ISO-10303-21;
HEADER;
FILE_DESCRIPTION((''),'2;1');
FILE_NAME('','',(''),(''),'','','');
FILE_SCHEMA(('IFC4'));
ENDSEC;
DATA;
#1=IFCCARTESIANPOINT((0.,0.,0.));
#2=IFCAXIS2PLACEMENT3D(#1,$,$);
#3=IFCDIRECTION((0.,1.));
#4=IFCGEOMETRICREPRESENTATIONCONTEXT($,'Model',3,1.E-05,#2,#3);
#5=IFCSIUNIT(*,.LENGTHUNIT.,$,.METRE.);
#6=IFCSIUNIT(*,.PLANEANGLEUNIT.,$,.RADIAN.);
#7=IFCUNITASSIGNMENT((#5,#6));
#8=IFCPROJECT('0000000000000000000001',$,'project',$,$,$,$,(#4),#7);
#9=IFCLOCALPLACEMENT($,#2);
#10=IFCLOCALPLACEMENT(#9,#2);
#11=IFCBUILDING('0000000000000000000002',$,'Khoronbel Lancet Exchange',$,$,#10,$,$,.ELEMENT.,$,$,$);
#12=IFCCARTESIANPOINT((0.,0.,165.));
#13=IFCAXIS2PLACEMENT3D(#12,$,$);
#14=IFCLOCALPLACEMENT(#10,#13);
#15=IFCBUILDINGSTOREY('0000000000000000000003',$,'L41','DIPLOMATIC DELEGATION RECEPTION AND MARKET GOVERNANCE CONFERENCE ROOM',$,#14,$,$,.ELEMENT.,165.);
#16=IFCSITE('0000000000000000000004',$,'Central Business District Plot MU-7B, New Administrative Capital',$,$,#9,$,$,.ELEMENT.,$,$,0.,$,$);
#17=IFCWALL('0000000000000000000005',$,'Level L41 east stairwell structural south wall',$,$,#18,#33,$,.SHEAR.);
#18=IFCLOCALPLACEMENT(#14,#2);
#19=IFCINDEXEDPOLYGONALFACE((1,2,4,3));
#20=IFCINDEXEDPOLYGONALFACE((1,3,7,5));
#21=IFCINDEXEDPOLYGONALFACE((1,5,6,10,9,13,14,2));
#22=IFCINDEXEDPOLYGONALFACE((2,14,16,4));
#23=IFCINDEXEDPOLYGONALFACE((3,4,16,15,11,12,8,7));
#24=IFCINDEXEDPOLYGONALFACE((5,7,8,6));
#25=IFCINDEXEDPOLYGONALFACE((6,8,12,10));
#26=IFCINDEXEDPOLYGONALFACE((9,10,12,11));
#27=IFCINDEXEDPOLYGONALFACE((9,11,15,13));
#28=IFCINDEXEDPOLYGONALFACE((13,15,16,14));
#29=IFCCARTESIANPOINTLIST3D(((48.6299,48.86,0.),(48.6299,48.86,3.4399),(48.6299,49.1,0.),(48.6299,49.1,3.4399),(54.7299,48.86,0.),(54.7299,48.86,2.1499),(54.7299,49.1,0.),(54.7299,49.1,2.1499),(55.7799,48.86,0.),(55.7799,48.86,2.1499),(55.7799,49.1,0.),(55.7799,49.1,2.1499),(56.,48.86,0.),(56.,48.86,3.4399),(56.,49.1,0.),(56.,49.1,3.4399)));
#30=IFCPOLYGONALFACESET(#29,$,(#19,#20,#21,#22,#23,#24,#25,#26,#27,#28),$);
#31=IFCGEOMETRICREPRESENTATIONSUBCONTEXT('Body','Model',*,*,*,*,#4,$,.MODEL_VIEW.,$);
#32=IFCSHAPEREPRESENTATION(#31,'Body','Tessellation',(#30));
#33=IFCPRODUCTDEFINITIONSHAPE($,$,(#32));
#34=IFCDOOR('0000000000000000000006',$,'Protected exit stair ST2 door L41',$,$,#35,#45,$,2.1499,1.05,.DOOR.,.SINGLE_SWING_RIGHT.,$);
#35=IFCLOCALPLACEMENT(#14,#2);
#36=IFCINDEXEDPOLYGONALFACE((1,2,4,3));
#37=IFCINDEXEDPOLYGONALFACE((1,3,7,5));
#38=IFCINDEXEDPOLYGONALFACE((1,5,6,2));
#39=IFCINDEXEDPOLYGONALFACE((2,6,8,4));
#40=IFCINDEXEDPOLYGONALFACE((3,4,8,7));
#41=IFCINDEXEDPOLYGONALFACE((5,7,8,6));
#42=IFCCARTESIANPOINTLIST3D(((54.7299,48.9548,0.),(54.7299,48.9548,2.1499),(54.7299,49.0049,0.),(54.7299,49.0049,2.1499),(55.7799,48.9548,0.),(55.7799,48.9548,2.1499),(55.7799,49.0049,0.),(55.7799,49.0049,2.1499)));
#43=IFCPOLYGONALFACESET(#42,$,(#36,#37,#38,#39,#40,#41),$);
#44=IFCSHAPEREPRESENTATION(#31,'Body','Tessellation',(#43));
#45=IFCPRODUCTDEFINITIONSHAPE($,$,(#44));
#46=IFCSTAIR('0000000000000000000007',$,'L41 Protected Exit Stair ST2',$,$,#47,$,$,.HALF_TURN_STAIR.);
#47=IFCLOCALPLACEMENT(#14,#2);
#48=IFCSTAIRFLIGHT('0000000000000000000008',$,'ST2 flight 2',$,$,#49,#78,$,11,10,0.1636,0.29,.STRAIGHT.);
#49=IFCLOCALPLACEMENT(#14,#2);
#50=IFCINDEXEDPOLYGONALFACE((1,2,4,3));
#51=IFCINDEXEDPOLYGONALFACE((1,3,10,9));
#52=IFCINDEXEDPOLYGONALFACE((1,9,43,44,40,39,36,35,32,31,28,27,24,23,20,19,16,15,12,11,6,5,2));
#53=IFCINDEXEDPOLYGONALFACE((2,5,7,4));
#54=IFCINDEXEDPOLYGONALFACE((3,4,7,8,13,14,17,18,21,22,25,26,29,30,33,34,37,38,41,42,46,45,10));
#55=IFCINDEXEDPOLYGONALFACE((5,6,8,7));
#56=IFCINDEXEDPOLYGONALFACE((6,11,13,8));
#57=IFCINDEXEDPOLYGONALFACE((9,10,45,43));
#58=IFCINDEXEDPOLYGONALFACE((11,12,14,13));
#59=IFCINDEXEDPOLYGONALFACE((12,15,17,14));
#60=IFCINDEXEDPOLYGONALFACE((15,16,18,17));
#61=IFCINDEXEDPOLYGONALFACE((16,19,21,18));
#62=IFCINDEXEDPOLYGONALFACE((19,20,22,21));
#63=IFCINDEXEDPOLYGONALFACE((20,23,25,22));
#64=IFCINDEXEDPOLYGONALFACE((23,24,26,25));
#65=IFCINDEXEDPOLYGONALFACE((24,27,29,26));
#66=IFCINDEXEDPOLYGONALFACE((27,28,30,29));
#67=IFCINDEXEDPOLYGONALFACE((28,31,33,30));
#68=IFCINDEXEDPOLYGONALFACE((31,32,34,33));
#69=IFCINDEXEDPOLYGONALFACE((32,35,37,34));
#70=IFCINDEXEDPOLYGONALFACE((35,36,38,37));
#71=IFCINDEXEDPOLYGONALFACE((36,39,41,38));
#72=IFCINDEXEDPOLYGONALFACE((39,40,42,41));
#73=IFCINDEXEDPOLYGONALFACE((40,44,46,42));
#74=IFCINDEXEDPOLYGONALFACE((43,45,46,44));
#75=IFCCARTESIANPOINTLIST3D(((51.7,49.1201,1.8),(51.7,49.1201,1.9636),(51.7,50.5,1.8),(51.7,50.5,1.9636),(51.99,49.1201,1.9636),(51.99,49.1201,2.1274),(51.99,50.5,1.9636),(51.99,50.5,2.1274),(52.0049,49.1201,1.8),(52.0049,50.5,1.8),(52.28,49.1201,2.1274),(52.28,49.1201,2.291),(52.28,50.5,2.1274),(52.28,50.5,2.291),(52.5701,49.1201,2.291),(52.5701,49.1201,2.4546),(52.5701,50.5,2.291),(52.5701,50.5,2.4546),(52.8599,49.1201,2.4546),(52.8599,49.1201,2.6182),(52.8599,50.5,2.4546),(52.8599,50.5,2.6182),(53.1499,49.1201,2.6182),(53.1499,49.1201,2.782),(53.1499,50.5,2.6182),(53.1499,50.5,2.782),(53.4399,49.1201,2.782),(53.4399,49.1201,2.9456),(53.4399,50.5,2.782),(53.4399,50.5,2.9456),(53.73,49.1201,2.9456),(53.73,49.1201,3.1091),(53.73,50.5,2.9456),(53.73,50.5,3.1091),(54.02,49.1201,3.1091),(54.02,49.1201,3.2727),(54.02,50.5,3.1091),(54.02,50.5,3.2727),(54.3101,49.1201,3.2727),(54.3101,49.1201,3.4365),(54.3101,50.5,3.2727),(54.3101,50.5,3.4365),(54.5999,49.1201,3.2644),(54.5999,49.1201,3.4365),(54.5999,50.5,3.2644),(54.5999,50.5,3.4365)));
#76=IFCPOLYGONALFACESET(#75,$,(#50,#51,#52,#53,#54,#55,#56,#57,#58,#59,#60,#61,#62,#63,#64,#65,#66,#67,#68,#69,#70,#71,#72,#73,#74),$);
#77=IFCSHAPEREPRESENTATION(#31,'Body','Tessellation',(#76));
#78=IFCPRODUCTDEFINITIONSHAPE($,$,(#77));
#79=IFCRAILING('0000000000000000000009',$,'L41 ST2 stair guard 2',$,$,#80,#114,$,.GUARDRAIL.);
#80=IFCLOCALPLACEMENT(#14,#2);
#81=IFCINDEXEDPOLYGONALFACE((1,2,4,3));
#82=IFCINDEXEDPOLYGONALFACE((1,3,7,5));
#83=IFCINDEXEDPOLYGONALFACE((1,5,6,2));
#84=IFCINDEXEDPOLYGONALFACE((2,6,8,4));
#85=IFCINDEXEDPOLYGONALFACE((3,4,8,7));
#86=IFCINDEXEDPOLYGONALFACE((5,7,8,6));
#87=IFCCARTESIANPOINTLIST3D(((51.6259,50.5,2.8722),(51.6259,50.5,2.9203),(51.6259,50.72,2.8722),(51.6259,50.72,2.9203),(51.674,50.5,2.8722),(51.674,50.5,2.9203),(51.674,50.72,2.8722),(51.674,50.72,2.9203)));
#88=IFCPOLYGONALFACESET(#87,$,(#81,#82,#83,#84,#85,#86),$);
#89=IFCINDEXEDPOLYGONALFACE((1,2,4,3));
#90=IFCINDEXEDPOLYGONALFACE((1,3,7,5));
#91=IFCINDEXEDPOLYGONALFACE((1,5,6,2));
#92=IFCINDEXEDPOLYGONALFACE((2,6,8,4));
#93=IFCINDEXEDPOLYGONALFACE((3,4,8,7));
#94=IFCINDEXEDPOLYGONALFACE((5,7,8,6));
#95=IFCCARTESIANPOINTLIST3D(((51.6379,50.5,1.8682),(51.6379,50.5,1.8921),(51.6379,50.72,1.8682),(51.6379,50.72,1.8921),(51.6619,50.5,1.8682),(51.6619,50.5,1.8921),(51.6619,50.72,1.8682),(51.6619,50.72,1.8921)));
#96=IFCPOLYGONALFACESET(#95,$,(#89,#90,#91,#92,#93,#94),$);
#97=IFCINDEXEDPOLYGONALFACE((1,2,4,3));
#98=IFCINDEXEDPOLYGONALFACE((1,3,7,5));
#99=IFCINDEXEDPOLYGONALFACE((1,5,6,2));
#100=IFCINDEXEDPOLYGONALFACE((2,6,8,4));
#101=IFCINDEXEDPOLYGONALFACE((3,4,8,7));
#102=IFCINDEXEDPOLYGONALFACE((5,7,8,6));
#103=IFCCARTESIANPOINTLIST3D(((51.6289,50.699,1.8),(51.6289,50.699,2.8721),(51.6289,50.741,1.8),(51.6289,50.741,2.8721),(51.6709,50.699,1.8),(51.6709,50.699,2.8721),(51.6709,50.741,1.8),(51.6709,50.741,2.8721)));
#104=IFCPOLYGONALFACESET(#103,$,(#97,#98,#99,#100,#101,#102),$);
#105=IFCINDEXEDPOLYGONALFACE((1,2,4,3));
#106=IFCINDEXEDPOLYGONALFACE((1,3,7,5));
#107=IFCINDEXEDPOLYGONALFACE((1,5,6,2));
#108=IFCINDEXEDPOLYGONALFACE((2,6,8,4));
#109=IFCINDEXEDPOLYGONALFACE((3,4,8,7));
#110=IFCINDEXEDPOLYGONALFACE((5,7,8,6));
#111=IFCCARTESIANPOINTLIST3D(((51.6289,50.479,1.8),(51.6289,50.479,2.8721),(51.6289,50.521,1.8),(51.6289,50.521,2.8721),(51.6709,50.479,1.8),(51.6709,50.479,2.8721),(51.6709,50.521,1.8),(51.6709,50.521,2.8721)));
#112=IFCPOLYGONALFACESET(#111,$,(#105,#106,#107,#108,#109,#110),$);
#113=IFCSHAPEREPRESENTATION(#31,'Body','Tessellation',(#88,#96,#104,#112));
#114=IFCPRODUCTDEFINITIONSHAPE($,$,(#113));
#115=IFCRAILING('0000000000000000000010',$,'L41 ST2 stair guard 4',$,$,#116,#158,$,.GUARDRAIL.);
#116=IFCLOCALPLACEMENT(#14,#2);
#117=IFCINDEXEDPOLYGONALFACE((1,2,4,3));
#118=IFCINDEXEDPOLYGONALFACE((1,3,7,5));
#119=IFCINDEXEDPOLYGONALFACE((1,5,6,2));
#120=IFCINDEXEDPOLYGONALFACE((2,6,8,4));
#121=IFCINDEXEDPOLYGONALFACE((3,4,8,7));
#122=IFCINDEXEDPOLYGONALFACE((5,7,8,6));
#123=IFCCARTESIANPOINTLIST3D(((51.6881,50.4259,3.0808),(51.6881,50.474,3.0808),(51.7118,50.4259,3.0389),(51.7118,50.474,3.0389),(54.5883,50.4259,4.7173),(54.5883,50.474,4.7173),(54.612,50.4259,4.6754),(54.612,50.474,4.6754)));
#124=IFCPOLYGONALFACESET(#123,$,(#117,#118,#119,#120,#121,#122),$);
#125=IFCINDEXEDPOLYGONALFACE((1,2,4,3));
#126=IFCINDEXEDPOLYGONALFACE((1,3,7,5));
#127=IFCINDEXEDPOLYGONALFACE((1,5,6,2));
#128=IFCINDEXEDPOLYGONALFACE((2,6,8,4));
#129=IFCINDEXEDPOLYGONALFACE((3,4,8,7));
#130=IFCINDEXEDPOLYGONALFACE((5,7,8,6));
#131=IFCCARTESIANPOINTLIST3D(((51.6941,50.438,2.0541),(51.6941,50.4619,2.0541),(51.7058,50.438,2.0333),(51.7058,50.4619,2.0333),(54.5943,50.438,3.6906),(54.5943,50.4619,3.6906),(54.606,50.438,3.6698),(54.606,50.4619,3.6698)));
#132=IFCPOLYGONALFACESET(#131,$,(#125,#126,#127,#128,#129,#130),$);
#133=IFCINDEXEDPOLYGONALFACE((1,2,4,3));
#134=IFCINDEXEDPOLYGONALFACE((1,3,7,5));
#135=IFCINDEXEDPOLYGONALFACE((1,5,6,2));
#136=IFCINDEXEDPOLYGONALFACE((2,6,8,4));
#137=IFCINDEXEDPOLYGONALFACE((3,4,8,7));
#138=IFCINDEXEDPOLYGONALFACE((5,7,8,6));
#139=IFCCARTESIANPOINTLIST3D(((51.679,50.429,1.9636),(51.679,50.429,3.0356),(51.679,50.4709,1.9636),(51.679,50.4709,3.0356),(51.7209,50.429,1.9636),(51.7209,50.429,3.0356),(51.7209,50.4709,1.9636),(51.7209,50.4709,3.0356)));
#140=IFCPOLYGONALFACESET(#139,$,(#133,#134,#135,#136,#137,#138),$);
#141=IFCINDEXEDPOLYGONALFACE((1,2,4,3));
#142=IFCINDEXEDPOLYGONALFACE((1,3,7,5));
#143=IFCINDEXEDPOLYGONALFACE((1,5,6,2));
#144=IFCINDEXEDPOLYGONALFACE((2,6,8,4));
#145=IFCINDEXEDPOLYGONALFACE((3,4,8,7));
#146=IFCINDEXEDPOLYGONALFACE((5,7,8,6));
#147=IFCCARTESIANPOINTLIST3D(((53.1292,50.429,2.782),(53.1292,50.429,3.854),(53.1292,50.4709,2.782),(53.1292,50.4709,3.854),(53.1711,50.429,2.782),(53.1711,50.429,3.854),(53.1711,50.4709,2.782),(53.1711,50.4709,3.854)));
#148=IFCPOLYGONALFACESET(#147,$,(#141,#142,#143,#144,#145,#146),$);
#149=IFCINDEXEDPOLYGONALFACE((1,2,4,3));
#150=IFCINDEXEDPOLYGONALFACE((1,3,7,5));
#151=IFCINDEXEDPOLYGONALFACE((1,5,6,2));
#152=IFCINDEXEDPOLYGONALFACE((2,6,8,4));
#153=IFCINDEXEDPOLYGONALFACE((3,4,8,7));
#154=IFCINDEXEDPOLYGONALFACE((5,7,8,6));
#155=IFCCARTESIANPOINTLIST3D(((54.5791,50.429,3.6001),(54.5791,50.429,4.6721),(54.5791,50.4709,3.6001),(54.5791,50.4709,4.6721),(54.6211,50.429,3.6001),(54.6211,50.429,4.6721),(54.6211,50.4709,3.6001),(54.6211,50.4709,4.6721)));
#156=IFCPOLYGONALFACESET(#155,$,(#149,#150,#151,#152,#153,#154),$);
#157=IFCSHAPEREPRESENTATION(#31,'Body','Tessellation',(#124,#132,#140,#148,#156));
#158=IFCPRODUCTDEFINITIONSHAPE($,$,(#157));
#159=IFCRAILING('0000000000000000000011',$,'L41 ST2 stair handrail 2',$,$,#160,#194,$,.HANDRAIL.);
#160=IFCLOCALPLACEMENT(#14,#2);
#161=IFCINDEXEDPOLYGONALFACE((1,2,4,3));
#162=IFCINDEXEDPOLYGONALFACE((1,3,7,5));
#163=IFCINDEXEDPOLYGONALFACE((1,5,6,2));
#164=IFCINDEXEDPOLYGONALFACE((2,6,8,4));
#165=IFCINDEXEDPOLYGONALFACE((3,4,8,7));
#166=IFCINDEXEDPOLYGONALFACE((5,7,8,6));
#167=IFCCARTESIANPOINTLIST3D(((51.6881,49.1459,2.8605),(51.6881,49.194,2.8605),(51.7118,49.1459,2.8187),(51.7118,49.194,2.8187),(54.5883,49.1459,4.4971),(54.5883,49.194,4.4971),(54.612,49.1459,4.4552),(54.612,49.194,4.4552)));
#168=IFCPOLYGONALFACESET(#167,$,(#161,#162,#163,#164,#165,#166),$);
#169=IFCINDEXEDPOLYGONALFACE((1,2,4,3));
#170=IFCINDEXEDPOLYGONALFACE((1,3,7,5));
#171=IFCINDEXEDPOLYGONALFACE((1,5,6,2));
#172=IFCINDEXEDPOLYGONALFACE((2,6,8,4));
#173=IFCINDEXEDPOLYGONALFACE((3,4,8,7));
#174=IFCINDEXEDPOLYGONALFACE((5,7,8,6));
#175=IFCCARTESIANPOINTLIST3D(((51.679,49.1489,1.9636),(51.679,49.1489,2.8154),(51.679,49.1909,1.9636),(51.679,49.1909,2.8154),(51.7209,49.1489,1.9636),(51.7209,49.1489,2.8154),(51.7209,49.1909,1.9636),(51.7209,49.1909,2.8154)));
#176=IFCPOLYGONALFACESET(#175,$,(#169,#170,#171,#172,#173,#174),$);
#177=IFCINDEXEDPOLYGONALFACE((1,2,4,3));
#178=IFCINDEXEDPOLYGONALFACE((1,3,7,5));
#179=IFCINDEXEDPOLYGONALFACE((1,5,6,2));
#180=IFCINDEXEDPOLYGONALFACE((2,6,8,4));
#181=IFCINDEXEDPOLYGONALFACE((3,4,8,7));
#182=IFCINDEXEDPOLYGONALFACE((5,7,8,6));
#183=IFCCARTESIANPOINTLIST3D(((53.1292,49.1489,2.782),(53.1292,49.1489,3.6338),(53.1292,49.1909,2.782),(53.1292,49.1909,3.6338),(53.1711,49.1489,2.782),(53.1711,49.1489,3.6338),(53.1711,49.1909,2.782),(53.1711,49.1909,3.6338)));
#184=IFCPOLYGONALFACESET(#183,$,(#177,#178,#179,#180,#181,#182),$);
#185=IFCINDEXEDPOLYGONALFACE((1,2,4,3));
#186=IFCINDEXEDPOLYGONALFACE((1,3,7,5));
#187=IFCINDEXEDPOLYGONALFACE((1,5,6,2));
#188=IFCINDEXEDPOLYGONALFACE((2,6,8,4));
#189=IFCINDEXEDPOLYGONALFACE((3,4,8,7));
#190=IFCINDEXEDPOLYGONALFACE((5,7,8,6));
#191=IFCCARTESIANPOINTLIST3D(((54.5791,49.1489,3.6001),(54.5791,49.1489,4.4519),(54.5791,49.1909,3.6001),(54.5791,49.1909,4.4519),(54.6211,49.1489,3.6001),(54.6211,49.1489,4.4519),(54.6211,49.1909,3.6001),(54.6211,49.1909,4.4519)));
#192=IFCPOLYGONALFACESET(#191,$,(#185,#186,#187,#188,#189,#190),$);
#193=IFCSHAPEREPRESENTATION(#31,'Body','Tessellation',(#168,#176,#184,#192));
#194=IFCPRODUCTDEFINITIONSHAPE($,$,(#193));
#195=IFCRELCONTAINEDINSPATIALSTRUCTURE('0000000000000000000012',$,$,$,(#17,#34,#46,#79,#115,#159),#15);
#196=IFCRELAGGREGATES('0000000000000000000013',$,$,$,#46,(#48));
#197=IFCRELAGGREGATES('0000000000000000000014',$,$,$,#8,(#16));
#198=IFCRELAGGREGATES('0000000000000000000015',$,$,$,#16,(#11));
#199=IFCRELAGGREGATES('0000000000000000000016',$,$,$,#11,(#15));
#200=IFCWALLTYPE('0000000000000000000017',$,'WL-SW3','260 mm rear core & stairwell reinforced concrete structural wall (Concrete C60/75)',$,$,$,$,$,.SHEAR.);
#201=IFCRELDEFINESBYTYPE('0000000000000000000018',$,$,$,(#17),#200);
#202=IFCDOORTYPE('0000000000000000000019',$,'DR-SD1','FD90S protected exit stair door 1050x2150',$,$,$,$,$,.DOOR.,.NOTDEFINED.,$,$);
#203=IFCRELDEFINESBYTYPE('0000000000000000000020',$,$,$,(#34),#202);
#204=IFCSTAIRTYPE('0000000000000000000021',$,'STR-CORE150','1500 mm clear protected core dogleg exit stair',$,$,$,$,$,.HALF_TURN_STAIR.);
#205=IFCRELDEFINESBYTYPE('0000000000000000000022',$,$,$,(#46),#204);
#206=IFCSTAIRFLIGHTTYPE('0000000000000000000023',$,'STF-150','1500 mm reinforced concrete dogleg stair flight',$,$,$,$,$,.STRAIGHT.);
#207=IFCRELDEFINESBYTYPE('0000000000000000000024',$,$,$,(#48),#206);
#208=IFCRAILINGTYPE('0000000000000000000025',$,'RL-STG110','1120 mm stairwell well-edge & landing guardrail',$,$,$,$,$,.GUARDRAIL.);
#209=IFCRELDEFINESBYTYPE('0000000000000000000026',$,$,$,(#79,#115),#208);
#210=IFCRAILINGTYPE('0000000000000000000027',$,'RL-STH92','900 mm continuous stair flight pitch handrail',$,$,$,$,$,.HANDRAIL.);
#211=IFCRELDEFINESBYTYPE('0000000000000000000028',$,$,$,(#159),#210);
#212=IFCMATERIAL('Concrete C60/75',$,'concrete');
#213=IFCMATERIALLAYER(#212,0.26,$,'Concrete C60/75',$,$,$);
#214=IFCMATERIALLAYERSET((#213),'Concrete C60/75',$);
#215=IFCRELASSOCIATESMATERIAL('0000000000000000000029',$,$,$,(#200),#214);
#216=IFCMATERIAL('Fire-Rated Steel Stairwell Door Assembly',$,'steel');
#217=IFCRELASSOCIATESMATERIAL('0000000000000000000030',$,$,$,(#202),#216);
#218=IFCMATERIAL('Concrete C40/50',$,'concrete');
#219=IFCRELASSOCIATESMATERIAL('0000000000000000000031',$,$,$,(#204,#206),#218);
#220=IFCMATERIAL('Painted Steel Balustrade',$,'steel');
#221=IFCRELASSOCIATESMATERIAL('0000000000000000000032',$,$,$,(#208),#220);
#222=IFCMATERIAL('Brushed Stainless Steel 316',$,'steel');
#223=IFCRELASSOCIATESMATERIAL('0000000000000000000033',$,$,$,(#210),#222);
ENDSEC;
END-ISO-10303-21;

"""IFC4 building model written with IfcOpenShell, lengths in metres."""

from ifc_helpers import new_model, si_unit, direction, frame, frame_2d, origin, origin_2d, place, context, subcontext, project, spatial, polyline, rectangle, outline, extrude, material, layer, layer_set, type_object, element, fill, aggregate, save


model = new_model("IFC4")

# Units and contexts
model_context = context("Model", 3, precision=1e-05, world=origin(), true_north=direction((0.0, 1.0)))
body_context = subcontext(model_context, "Body", "Model", "MODEL_VIEW")
ifc_project = project(units=[si_unit("LENGTHUNIT", "METRE"), si_unit("PLANEANGLEUNIT", "RADIAN")], contexts=[model_context])

# Site, building, storey
site_placement = place(None, origin())
site = spatial("IfcSite", under=ifc_project, at=site_placement, Name="Central Business District Plot MU-7B, New Administrative Capital", CompositionType="ELEMENT", RefElevation=0.0)
building_placement = place(site_placement, origin())
building = spatial("IfcBuilding", under=site, at=building_placement, Name="Khoronbel Lancet Exchange", CompositionType="ELEMENT")
storey_placement = place(building_placement, frame((0.0, 0.0, 165.0)))
storey = spatial("IfcBuildingStorey", under=building, at=storey_placement, Name="L41", Description="DIPLOMATIC DELEGATION RECEPTION AND MARKET GOVERNANCE CONFERENCE ROOM", CompositionType="ELEMENT", Elevation=165.0)

# Wall, opening, door
ifc_material_1 = material(Name="Concrete C60/75", Category="concrete")
ifc_layer_1 = layer(ifc_material_1, 0.26, Name="Concrete C60/75")
ifc_layer_set_1 = layer_set([ifc_layer_1], Name="Concrete C60/75")
wall_type_1 = type_object("IfcWallType", Name="WL-SW3", Description="260 mm rear core & stairwell reinforced concrete structural wall (Concrete C60/75)", PredefinedType="SHEAR", material=ifc_layer_set_1)
wall_1_placement = place(storey_placement, frame((48.6299, 48.98, 0.0), z_axis=(0.0, 0.0, 1.0), x_axis=(1.0, 0.0, 0.0)))
wall_1 = element("IfcWall", 1, at=wall_1_placement, inside=storey, type_object=wall_type_1, Name="Level L41 east stairwell structural south wall", PredefinedType="SHEAR", context=body_context, shape_type="SweptSolid", body=[
    extrude(rectangle(XDim=7.3701, YDim=0.24, at=frame_2d((3.6851, 0.0))), origin(), (0.0, 0.0, 1.0), 3.4399),
])
opening_1_placement = place(wall_1_placement, frame((6.1001, 0.0, 0.0)))
opening_1 = element("IfcOpeningElement", 2, at=opening_1_placement, cuts=wall_1, PredefinedType="OPENING", context=body_context, shape_type="SweptSolid", body=[
    extrude(rectangle(XDim=1.05, YDim=2.1499, at=frame_2d((0.5249, 1.075))), frame((0.0, 0.1299, 0.0), z_axis=(0.0, -1.0, 0.0), x_axis=(1.0, 0.0, 0.0)), (0.0, 0.0, 1.0), 0.26),
])
ifc_material_2 = material(Name="Fire-Rated Steel Stairwell Door Assembly", Category="steel")
door_type_1 = type_object("IfcDoorType", Name="DR-SD1", Description="FD90S protected exit stair door 1050x2150", OperationType="NOTDEFINED", PredefinedType="DOOR", material=ifc_material_2)
door_1_placement = place(opening_1_placement, origin())
door_1 = element("IfcDoor", 3, at=door_1_placement, inside=storey, type_object=door_type_1, Name="Protected exit stair ST2 door L41", OperationType="SINGLE_SWING_RIGHT", OverallHeight=2.1499, OverallWidth=1.05, PredefinedType="DOOR", context=body_context, shape_type="SweptSolid", body=[
    extrude(rectangle(XDim=1.05, YDim=2.1499, at=frame_2d((0.5249, 1.075))), frame((0.0, 0.0249, 0.0), z_axis=(0.0, -1.0, 0.0), x_axis=(1.0, 0.0, 0.0)), (0.0, 0.0, 1.0), 0.05),
])
fill(opening_1, door_1)

# Stair, stair flight
ifc_material_3 = material(Name="Concrete C40/50", Category="concrete")
stair_type = type_object("IfcStairType", Name="STR-CORE150", Description="1500 mm clear protected core dogleg exit stair", PredefinedType="HALF_TURN_STAIR", material=ifc_material_3)
stair_placement = place(storey_placement, origin())
stair = element("IfcStair", 4, at=stair_placement, inside=storey, type_object=stair_type, Name="L41 Protected Exit Stair ST2", PredefinedType="HALF_TURN_STAIR")
stair_flight_type = type_object("IfcStairFlightType", Name="STF-150", Description="1500 mm reinforced concrete dogleg stair flight", PredefinedType="STRAIGHT", material=ifc_material_3)
stair_flight_placement = place(storey_placement, frame((51.7, 49.8101, 1.8), z_axis=(0.0, 0.0, 1.0), x_axis=(1.0, 0.0, 0.0)))
stair_flight = element("IfcStairFlight", 5, at=stair_flight_placement, type_object=stair_flight_type, Name="ST2 flight 2", NumberOfRisers=11, NumberOfTreads=10, PredefinedType="STRAIGHT", RiserHeight=0.1636, TreadLength=0.29, context=body_context, shape_type="SweptSolid", body=[
    extrude(outline(polyline([(0.0, 0.0), (0.0, 0.1636), (0.29, 0.1636), (0.29, 0.3274), (0.5801, 0.3274), (0.5801, 0.491), (0.8701, 0.491), (0.8701, 0.6545), (1.1599, 0.6545), (1.1599, 0.8181), (1.45, 0.8181), (1.45, 0.9819), (1.74, 0.9819), (1.74, 1.1455), (2.03, 1.1455), (2.03, 1.3091), (2.3201, 1.3091), (2.3201, 1.4727), (2.6101, 1.4727), (2.6101, 1.6365), (2.8999, 1.6365), (2.8999, 1.8), (2.8999, 1.4644), (0.3049, 0.0), (0.0, 0.0)])), frame((0.0, 0.6899, 0.0), z_axis=(0.0, -1.0, 0.0), x_axis=(1.0, 0.0, 0.0)), (0.0, 0.0, 1.0), 1.3799),
])
aggregate(stair, [stair_flight])

# Railings
ifc_material_4 = material(Name="Painted Steel Balustrade", Category="steel")
railing_type_1 = type_object("IfcRailingType", Name="RL-STG110", Description="1120 mm stairwell well-edge & landing guardrail", PredefinedType="GUARDRAIL", material=ifc_material_4)
railing_1_placement = place(storey_placement, frame((51.6499, 50.72, 1.8)))
element("IfcRailing", 6, at=railing_1_placement, inside=storey, type_object=railing_type_1, Name="L41 ST2 stair guard 2", PredefinedType="GUARDRAIL", context=body_context, shape_type="SweptSolid", body=[
    extrude(rectangle(XDim=0.0481, YDim=0.0481, at=origin_2d()), frame((0.0, 0.0, 1.0962), z_axis=(0.0, -1.0, 0.0), x_axis=(1.0, 0.0, 0.0)), (0.0, 0.0, 1.0), 0.22),
    extrude(rectangle(XDim=0.0239, YDim=0.0239, at=origin_2d()), frame((0.0, 0.0, 0.0801), z_axis=(0.0, -1.0, 0.0), x_axis=(1.0, 0.0, 0.0)), (0.0, 0.0, 1.0), 0.22),
    extrude(rectangle(XDim=0.042, YDim=0.042, at=origin_2d()), origin(), (0.0, 0.0, 1.0), 1.072),
    extrude(rectangle(XDim=0.042, YDim=0.042, at=origin_2d()), frame((0.0, -0.22, 0.0)), (0.0, 0.0, 1.0), 1.072),
])
railing_2_placement = place(storey_placement, frame((51.7, 50.45, 1.9636)))
element("IfcRailing", 7, at=railing_2_placement, inside=storey, type_object=railing_type_1, Name="L41 ST2 stair guard 4", PredefinedType="GUARDRAIL", context=body_context, shape_type="SweptSolid", body=[
    extrude(rectangle(XDim=0.0481, YDim=0.0481, at=origin_2d()), frame((0.0, 0.0, 1.0962), z_axis=(0.870915, 0.0, 0.491434), x_axis=(0.0, 1.0, 0.0)), (0.0, 0.0, 1.0), 3.3301),
    extrude(rectangle(XDim=0.0239, YDim=0.0239, at=origin_2d()), frame((0.0, 0.0, 0.0801), z_axis=(0.870915, 0.0, 0.491434), x_axis=(0.0, 1.0, 0.0)), (0.0, 0.0, 1.0), 3.3301),
    extrude(rectangle(XDim=0.042, YDim=0.042, at=origin_2d()), origin(), (0.0, 0.0, 1.0), 1.072),
    extrude(rectangle(XDim=0.042, YDim=0.042, at=origin_2d()), frame((1.4502, 0.0, 0.8184)), (0.0, 0.0, 1.0), 1.072),
    extrude(rectangle(XDim=0.042, YDim=0.042, at=origin_2d()), frame((2.9001, 0.0, 1.6365)), (0.0, 0.0, 1.0), 1.072),
])
ifc_material_5 = material(Name="Brushed Stainless Steel 316", Category="steel")
railing_type_2 = type_object("IfcRailingType", Name="RL-STH92", Description="900 mm continuous stair flight pitch handrail", PredefinedType="HANDRAIL", material=ifc_material_5)
railing_3_placement = place(storey_placement, frame((51.7, 49.1699, 1.9636)))
element("IfcRailing", 8, at=railing_3_placement, inside=storey, type_object=railing_type_2, Name="L41 ST2 stair handrail 2", PredefinedType="HANDRAIL", context=body_context, shape_type="SweptSolid", body=[
    extrude(rectangle(XDim=0.0481, YDim=0.0481, at=origin_2d()), frame((0.0, 0.0, 0.876), z_axis=(0.870915, 0.0, 0.491434), x_axis=(0.0, 1.0, 0.0)), (0.0, 0.0, 1.0), 3.3301),
    extrude(rectangle(XDim=0.042, YDim=0.042, at=origin_2d()), origin(), (0.0, 0.0, 1.0), 0.8518),
    extrude(rectangle(XDim=0.042, YDim=0.042, at=origin_2d()), frame((1.4502, 0.0, 0.8184)), (0.0, 0.0, 1.0), 0.8518),
    extrude(rectangle(XDim=0.042, YDim=0.042, at=origin_2d()), frame((2.9001, 0.0, 1.6365)), (0.0, 0.0, 1.0), 0.8518),
])

save(model, "model.ifc")
